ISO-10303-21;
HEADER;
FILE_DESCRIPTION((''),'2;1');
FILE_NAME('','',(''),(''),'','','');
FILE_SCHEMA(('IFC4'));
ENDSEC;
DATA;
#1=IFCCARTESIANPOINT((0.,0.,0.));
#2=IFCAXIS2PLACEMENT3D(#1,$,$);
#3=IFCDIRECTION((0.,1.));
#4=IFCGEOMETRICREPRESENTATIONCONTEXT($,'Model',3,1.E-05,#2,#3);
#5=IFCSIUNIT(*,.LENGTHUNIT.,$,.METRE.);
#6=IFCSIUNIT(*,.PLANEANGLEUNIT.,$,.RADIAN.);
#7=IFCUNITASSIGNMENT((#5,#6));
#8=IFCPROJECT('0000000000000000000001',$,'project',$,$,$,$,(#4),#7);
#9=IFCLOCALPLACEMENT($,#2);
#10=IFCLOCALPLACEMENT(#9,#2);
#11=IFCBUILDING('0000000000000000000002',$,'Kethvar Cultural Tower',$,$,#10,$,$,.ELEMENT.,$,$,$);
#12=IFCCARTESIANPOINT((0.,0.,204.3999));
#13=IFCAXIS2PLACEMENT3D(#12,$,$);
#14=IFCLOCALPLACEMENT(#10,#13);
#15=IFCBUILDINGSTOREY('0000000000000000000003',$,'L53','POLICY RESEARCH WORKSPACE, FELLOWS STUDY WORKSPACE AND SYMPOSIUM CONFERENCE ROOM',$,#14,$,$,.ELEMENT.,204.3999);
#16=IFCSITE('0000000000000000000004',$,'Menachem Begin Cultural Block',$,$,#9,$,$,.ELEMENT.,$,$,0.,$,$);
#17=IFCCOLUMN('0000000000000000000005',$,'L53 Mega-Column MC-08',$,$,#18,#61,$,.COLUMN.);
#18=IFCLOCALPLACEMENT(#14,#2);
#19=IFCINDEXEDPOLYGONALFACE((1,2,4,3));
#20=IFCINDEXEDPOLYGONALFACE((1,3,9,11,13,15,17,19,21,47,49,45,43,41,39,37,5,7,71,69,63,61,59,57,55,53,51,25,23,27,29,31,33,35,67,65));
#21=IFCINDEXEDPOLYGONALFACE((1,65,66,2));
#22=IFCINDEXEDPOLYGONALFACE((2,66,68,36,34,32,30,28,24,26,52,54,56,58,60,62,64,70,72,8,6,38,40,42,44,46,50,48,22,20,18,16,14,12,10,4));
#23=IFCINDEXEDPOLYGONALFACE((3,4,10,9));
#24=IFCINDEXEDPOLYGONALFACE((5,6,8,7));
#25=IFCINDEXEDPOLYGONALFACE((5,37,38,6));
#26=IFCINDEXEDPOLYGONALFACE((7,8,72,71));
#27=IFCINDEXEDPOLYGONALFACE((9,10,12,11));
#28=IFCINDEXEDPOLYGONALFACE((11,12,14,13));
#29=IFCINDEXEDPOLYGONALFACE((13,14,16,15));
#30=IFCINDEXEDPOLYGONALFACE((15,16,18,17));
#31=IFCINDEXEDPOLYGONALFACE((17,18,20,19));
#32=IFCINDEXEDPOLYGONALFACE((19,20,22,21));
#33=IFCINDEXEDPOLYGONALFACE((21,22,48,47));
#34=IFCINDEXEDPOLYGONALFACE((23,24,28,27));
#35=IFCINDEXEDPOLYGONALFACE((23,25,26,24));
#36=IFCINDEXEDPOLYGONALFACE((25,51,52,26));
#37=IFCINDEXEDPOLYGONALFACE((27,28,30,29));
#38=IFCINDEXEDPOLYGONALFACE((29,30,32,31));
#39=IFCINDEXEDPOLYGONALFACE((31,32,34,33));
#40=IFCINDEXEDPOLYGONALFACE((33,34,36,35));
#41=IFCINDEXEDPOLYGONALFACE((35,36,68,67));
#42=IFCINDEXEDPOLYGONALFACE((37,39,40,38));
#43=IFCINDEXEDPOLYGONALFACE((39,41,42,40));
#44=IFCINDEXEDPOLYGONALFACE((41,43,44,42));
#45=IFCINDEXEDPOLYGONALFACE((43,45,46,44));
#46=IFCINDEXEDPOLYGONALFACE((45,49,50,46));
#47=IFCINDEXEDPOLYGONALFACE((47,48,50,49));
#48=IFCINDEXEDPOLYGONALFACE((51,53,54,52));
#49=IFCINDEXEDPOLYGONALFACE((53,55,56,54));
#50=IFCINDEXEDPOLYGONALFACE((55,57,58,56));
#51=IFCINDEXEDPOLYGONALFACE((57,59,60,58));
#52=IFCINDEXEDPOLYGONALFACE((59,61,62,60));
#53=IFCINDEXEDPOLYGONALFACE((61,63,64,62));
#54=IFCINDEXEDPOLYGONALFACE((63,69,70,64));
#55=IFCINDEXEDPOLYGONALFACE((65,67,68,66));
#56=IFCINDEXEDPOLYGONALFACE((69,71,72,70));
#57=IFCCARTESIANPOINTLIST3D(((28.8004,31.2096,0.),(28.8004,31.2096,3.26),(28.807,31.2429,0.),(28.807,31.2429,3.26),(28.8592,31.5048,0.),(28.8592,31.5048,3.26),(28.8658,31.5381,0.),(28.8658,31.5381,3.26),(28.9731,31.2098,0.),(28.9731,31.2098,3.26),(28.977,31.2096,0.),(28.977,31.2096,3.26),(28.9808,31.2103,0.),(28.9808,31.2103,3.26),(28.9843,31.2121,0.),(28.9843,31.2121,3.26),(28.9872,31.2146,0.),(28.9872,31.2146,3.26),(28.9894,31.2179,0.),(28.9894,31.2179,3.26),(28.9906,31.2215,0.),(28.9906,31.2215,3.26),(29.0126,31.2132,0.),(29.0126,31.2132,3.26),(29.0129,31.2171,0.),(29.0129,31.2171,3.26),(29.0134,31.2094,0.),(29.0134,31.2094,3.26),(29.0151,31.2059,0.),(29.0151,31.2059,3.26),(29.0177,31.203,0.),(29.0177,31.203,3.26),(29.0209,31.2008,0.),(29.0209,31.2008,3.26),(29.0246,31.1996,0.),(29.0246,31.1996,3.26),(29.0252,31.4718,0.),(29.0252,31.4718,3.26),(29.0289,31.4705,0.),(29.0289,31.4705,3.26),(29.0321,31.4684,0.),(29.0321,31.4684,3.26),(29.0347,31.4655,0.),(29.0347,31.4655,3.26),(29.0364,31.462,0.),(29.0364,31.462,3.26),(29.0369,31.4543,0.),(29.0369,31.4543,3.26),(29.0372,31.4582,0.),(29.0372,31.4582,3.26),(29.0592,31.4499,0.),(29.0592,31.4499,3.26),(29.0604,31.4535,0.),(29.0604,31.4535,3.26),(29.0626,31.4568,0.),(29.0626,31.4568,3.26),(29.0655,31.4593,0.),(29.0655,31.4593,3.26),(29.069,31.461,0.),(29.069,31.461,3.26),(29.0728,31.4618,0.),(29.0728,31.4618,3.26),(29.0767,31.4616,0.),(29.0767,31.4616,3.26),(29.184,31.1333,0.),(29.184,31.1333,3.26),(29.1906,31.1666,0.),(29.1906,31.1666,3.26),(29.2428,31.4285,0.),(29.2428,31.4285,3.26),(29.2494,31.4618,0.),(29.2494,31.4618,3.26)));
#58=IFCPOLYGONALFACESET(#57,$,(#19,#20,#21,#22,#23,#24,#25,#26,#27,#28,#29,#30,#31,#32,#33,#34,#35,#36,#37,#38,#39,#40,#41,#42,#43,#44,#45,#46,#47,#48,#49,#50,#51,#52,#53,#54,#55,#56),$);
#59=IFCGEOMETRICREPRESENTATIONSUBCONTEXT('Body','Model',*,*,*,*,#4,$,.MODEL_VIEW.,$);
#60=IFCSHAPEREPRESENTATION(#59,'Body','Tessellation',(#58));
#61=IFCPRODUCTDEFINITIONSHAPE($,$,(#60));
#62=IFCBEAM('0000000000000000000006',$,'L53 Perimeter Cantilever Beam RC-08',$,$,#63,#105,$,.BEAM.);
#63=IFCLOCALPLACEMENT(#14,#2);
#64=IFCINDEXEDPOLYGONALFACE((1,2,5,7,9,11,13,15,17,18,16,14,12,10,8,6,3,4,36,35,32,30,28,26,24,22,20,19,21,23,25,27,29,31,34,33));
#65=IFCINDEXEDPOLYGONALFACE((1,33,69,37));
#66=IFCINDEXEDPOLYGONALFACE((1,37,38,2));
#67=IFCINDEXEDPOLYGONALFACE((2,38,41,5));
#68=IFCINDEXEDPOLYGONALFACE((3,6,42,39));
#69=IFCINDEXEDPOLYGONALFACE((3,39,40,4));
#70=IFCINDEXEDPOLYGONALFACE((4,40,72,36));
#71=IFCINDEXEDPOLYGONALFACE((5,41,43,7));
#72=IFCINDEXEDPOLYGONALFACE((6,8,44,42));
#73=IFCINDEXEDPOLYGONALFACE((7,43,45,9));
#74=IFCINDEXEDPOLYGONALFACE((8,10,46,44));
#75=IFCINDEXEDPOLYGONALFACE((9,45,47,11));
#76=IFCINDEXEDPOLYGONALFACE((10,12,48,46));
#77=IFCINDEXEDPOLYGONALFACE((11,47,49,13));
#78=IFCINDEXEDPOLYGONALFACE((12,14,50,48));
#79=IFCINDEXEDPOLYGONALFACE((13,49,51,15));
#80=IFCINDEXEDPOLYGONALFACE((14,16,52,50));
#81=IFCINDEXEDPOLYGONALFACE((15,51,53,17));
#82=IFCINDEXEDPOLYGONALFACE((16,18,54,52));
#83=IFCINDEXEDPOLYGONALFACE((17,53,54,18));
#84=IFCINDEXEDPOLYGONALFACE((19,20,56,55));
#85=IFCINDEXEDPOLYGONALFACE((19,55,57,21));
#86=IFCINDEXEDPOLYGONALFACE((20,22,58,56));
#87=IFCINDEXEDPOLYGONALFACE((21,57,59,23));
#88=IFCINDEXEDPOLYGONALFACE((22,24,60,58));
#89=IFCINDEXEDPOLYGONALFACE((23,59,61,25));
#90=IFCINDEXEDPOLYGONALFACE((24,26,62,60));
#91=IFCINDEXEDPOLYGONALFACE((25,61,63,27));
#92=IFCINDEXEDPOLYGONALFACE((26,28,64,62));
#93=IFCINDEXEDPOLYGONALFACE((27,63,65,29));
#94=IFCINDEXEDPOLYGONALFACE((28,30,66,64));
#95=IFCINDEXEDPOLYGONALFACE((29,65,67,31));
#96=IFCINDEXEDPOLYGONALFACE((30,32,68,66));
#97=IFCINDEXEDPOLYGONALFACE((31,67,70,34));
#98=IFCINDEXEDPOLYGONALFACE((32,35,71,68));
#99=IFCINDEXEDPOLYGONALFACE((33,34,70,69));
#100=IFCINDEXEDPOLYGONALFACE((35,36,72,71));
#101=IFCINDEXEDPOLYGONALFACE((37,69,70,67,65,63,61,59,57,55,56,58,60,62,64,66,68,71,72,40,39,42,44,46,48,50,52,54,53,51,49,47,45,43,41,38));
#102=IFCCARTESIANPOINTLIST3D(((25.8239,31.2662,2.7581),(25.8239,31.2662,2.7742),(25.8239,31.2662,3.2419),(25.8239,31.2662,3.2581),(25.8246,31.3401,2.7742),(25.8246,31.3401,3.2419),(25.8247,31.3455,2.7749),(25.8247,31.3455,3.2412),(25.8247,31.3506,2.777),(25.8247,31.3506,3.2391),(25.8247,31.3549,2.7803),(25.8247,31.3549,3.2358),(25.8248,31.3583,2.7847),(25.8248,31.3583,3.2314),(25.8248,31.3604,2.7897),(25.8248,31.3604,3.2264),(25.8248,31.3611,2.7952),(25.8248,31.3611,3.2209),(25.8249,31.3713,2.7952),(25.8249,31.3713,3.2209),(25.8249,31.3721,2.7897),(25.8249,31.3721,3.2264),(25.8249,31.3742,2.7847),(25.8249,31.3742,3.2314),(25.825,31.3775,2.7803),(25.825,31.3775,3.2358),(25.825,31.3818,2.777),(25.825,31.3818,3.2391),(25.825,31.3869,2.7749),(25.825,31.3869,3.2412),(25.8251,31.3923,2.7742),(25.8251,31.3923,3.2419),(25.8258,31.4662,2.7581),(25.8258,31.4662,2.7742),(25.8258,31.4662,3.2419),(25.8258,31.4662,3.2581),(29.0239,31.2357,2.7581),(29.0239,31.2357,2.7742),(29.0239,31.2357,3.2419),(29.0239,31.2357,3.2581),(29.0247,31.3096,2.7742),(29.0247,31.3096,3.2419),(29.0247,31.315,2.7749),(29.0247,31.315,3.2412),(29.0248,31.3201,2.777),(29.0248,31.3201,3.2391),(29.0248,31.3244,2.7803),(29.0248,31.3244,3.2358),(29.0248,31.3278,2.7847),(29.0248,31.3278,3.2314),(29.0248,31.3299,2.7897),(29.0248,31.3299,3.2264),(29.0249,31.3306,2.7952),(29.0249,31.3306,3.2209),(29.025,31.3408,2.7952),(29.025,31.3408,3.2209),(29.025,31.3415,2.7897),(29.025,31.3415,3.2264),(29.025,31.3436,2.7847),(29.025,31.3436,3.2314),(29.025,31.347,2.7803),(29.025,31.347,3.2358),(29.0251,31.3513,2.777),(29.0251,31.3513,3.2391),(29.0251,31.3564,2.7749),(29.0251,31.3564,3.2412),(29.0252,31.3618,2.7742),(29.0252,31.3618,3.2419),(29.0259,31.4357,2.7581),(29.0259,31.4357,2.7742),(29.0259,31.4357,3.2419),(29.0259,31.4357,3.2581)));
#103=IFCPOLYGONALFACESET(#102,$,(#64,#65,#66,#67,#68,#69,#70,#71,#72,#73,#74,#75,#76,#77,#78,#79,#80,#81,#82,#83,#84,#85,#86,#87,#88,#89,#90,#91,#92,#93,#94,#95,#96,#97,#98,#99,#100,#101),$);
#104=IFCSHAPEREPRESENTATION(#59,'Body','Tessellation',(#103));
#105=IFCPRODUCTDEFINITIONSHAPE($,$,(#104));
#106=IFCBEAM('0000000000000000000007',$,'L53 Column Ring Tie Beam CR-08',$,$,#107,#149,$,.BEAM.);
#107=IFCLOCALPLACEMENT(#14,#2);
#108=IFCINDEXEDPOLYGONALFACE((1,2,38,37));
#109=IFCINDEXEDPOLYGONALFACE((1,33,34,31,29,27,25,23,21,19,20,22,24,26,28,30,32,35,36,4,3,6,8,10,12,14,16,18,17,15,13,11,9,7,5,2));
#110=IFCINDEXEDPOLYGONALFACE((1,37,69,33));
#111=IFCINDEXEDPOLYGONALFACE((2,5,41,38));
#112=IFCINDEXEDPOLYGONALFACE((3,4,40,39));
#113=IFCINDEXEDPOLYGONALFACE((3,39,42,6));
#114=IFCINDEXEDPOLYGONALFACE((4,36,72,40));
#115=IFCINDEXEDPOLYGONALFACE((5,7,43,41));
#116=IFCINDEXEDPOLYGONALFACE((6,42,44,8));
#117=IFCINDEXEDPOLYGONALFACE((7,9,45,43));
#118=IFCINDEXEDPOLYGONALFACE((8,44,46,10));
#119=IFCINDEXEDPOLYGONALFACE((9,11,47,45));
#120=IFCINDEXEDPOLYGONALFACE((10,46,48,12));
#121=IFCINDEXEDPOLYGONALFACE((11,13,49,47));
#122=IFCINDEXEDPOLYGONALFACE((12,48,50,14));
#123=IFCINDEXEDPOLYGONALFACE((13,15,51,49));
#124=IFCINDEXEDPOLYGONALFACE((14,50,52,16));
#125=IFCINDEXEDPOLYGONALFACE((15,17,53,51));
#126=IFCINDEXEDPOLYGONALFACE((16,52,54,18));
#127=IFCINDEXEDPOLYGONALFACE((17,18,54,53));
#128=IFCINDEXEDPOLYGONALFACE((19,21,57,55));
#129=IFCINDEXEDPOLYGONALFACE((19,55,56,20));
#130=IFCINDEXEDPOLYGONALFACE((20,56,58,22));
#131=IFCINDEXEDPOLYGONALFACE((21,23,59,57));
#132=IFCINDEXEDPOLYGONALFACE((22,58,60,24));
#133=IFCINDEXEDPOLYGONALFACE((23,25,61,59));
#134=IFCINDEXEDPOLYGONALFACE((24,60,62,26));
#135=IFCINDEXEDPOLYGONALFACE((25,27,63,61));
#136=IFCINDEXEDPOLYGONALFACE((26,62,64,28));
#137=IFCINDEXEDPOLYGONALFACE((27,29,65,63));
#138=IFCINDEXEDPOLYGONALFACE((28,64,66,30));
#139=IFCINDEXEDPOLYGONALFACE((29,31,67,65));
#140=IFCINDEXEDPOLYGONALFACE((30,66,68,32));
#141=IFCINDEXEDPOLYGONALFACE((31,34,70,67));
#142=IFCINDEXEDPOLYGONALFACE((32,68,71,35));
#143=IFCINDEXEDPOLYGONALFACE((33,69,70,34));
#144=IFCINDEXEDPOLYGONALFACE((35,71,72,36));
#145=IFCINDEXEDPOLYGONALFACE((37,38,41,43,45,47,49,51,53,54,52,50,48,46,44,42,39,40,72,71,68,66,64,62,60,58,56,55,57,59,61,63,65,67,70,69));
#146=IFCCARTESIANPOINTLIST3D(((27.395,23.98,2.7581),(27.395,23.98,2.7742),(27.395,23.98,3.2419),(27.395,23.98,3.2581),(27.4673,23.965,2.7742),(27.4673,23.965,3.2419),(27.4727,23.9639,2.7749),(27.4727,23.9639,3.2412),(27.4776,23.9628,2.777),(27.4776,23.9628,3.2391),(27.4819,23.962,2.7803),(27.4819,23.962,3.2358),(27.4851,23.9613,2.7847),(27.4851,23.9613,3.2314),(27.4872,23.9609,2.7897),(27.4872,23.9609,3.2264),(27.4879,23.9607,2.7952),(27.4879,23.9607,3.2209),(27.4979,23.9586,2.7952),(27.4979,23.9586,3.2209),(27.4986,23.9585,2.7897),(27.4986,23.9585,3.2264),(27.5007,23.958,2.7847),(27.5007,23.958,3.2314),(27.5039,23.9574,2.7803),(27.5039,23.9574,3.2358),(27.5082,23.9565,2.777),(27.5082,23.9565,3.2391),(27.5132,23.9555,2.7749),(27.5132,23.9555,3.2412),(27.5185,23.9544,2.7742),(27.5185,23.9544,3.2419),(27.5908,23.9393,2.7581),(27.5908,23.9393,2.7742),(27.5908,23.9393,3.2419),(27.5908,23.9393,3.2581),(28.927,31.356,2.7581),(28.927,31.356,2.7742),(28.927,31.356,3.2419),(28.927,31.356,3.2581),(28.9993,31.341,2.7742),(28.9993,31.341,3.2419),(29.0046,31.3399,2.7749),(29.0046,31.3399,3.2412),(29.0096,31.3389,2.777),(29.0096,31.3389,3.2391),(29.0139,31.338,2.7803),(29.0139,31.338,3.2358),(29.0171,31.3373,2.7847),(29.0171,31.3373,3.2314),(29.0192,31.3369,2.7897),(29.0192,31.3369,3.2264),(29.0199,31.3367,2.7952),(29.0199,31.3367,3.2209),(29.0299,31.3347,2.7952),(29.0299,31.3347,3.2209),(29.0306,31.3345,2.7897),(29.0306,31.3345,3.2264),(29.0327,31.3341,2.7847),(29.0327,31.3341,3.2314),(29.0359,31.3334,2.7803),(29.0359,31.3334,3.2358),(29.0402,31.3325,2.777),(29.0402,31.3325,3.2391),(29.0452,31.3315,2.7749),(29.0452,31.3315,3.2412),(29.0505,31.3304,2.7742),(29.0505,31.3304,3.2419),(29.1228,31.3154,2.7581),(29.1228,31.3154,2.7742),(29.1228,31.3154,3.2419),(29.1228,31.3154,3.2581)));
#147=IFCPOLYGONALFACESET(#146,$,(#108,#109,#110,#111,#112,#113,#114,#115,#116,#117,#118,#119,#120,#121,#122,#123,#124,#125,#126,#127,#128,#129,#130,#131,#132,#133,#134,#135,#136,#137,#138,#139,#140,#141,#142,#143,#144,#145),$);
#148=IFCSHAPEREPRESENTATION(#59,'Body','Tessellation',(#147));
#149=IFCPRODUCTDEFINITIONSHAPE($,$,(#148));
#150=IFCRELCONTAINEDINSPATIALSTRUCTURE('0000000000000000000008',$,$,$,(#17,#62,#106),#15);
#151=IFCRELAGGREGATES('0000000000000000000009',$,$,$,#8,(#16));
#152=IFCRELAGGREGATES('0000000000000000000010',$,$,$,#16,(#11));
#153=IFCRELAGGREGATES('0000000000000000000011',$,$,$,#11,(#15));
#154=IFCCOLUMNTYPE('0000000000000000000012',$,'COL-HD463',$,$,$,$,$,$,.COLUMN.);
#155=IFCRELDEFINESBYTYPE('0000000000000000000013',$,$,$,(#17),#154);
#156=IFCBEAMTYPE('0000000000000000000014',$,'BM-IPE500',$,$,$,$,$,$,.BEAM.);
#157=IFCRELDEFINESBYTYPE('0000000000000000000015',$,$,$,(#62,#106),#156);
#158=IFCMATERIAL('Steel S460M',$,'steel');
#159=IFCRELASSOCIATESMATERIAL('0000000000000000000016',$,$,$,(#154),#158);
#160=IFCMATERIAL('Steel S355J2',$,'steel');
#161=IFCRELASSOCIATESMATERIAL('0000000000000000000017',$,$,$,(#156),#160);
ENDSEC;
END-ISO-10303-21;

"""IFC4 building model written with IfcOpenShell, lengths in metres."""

from ifc_helpers import new_model, si_unit, direction, frame, origin, origin_2d, place, context, subcontext, project, spatial, i_section, extrude, source, transform, mapped, material, material_profile, profile_set, type_object, element, save


model = new_model("IFC4")

# Units and contexts
model_context = context("Model", 3, precision=1e-05, world=origin(), true_north=direction((0.0, 1.0)))
body_context = subcontext(model_context, "Body", "Model", "MODEL_VIEW")
ifc_project = project(units=[si_unit("LENGTHUNIT", "METRE"), si_unit("PLANEANGLEUNIT", "RADIAN")], contexts=[model_context])

# Site, building, storey
site_placement = place(None, origin())
site = spatial("IfcSite", under=ifc_project, at=site_placement, Name="Menachem Begin Cultural Block", CompositionType="ELEMENT", RefElevation=0.0)
building_placement = place(site_placement, origin())
building = spatial("IfcBuilding", under=site, at=building_placement, Name="Kethvar Cultural Tower", CompositionType="ELEMENT")
storey_placement = place(building_placement, frame((0.0, 0.0, 204.3999)))
storey = spatial("IfcBuildingStorey", under=building, at=storey_placement, Name="L53", Description="POLICY RESEARCH WORKSPACE, FELLOWS STUDY WORKSPACE AND SYMPOSIUM CONFERENCE ROOM", CompositionType="ELEMENT", Elevation=204.3999)

# Column
ifc_material_1 = material(Name="Steel S460M", Category="steel")
ifc_material_profile_1 = material_profile(ifc_material_1, i_section(OverallWidth=0.3911, OverallDepth=0.335, WebThickness=0.0227, FlangeThickness=0.0339, FilletRadius=0.0149, at=origin_2d()), Name="Steel S460M — HD400x463")
ifc_profile_set_1 = profile_set([ifc_material_profile_1], Name="Steel S460M — HD400x463")
column_type = type_object("IfcColumnType", Name="COL-HD463", PredefinedType="COLUMN", material=ifc_profile_set_1)
shared_shape_1 = source(origin(), body_context, "Body", "SweptSolid", [
    extrude(i_section(OverallWidth=0.3911, OverallDepth=0.335, WebThickness=0.0227, FlangeThickness=0.0339, FilletRadius=0.0149, at=origin_2d()), origin(), (0.0, 0.0, 1.0), 3.26),
])
column_placement = place(storey_placement, frame((29.0249, 31.3357, 0.0), z_axis=(0.0, 0.0, 1.0), x_axis=(-0.980785, 0.19509, 0.0)))
element("IfcColumn", 1, at=column_placement, inside=storey, type_object=column_type, Name="L53 Mega-Column MC-08", PredefinedType="COLUMN", context=body_context, shape_type="MappedRepresentation", body=[
    mapped(shared_shape_1, transform((0.0, 0.0, 0.0), scale=1.0)),
])

# Beams
ifc_material_2 = material(Name="Steel S355J2", Category="steel")
ifc_material_profile_2 = material_profile(ifc_material_2, i_section(OverallWidth=0.2, OverallDepth=0.5, WebThickness=0.0103, FlangeThickness=0.0161, FilletRadius=0.021, at=origin_2d()), Name="Steel S355J2 — IPE500")
ifc_profile_set_2 = profile_set([ifc_material_profile_2], Name="Steel S355J2 — IPE500")
beam_type_1 = type_object("IfcBeamType", Name="BM-IPE500", PredefinedType="BEAM", material=ifc_profile_set_2)
shared_shape_2 = source(origin(), body_context, "Body", "SweptSolid", [
    extrude(i_section(OverallWidth=0.2, OverallDepth=0.5, WebThickness=0.0103, FlangeThickness=0.0161, FilletRadius=0.021, at=origin_2d()), origin(), (0.0, 0.0, 1.0), 3.2002),
])
beam_1_placement = place(storey_placement, frame((29.0249, 31.3357, 3.0081), z_axis=(-0.999955, 0.009536, 0.0), x_axis=(-0.009536, -0.999955, 0.0)))
element("IfcBeam", 2, at=beam_1_placement, inside=storey, type_object=beam_type_1, Name="L53 Perimeter Cantilever Beam RC-08", PredefinedType="BEAM", context=body_context, shape_type="MappedRepresentation", body=[
    mapped(shared_shape_2, transform((0.0, 0.0, 0.0), scale=1.0)),
])
shared_shape_3 = source(origin(), body_context, "Body", "SweptSolid", [
    extrude(i_section(OverallWidth=0.2, OverallDepth=0.5, WebThickness=0.0103, FlangeThickness=0.0161, FilletRadius=0.021, at=origin_2d()), origin(), (0.0, 0.0, 1.0), 7.5334),
])
beam_2_placement = place(storey_placement, frame((29.0249, 31.3357, 3.0081), z_axis=(-0.203359, -0.979104, 0.0), x_axis=(0.979104, -0.203359, 0.0)))
element("IfcBeam", 3, at=beam_2_placement, inside=storey, type_object=beam_type_1, Name="L53 Column Ring Tie Beam CR-08", PredefinedType="BEAM", context=body_context, shape_type="MappedRepresentation", body=[
    mapped(shared_shape_3, transform((0.0, 0.0, 0.0), scale=1.0)),
])

save(model, "model.ifc")
